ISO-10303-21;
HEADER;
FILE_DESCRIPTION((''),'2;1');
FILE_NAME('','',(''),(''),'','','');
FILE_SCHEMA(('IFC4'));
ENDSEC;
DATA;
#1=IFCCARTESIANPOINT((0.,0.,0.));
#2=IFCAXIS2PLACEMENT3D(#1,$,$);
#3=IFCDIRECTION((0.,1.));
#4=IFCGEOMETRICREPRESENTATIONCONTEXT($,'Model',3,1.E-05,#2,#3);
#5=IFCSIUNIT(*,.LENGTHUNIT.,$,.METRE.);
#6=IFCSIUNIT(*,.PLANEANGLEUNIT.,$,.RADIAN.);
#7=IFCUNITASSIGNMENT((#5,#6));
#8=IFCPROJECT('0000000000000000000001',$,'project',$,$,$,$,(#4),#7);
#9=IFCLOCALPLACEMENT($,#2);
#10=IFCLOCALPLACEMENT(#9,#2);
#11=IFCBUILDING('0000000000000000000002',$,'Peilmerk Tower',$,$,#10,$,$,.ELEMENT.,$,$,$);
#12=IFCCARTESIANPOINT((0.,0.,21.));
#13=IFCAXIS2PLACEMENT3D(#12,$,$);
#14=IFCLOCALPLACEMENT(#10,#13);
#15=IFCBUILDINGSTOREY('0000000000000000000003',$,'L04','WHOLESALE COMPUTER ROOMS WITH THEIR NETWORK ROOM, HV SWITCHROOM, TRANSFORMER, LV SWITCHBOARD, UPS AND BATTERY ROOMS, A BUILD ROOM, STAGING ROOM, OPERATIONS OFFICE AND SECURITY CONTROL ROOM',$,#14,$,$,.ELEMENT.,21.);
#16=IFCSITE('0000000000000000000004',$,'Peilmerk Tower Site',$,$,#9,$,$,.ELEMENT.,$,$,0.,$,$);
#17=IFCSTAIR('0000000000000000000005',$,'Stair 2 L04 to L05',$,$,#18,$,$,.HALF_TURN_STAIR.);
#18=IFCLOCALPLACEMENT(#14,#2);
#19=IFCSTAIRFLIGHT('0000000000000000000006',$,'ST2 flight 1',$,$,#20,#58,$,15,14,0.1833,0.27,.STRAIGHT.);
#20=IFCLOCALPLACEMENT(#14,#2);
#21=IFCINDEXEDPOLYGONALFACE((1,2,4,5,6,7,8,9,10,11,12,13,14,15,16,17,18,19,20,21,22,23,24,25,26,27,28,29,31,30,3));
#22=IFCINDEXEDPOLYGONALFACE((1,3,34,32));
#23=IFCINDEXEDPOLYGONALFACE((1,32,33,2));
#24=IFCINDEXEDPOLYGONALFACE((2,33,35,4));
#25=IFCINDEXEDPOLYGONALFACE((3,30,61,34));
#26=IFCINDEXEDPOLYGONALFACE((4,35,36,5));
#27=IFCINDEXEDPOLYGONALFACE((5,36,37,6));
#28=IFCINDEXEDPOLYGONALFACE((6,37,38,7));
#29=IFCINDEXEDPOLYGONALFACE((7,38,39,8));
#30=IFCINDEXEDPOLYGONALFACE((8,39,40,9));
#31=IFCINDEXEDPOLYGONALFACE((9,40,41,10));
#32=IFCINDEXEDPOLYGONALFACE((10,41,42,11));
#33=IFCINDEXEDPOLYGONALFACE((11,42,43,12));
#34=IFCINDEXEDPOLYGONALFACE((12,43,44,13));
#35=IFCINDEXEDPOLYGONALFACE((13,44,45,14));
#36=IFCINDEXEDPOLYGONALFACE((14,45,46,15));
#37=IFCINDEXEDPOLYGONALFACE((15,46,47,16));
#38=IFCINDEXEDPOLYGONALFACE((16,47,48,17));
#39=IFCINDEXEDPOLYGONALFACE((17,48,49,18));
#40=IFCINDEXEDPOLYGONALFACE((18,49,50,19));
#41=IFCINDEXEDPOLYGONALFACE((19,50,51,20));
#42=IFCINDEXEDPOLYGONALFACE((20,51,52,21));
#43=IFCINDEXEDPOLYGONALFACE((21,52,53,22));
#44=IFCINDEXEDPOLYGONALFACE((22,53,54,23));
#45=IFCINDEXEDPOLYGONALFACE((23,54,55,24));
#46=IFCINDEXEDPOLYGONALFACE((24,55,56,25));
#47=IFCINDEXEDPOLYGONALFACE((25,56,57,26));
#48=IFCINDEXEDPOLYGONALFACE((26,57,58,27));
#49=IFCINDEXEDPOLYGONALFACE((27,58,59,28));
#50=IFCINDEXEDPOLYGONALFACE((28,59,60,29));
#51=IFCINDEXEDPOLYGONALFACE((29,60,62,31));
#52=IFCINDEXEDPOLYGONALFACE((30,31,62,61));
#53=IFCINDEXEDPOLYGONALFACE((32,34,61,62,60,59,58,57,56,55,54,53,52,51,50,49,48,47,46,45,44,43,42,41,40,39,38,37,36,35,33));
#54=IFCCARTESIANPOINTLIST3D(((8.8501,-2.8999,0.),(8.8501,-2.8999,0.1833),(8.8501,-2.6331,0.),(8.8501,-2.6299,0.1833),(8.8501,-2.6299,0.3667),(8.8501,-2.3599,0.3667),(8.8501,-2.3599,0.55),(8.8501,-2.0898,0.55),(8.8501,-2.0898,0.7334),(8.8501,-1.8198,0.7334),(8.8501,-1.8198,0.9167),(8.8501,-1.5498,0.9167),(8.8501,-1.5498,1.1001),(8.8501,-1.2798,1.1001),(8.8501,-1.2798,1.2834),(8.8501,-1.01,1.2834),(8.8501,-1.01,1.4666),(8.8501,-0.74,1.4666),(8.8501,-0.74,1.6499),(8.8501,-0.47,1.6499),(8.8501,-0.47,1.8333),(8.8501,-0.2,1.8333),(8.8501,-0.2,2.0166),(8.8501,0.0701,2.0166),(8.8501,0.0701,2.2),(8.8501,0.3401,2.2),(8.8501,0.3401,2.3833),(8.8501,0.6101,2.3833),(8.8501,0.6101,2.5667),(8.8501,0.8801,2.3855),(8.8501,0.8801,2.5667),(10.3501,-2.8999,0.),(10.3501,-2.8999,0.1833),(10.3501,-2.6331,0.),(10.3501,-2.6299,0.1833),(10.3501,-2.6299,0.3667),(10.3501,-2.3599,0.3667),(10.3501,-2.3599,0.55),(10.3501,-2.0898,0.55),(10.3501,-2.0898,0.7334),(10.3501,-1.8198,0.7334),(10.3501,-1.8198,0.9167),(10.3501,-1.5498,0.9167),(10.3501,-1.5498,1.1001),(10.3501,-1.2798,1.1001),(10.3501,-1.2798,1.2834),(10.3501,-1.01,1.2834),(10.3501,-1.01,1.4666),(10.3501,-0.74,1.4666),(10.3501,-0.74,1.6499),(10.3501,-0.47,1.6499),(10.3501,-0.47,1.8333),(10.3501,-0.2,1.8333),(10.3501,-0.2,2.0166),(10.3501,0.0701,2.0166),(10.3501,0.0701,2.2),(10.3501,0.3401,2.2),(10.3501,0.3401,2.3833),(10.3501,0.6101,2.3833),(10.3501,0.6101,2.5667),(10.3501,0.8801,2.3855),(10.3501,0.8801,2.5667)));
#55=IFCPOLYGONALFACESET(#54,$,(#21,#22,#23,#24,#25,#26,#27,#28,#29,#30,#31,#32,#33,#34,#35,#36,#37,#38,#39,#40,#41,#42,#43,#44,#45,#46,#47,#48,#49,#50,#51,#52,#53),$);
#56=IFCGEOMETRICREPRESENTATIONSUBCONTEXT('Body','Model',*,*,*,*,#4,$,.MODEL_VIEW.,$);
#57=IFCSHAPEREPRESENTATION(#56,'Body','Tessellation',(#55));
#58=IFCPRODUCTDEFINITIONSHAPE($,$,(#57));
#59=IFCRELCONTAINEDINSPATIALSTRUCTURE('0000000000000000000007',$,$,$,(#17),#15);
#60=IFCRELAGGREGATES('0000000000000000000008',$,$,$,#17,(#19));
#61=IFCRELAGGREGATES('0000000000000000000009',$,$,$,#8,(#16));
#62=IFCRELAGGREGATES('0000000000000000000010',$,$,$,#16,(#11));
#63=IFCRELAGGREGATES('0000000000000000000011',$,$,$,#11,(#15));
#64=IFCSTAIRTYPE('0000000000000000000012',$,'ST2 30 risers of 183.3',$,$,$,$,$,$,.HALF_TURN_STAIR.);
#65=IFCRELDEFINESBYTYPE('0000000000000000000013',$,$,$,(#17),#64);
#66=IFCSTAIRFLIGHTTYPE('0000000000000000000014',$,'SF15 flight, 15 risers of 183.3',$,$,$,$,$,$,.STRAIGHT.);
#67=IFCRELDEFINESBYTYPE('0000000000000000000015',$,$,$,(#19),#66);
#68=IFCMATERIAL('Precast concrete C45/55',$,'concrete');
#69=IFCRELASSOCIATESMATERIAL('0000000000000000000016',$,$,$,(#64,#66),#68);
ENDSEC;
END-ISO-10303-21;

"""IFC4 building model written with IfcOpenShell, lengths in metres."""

from ifc_helpers import new_model, si_unit, direction, frame, origin, place, context, subcontext, project, spatial, polyline, outline, extrude, material, type_object, element, aggregate, save


model = new_model("IFC4")

# Units and contexts
model_context = context("Model", 3, precision=1e-05, world=origin(), true_north=direction((0.0, 1.0)))
body_context = subcontext(model_context, "Body", "Model", "MODEL_VIEW")
ifc_project = project(units=[si_unit("LENGTHUNIT", "METRE"), si_unit("PLANEANGLEUNIT", "RADIAN")], contexts=[model_context])

# Site, building, storey
site_placement = place(None, origin())
site = spatial("IfcSite", under=ifc_project, at=site_placement, Name="Peilmerk Tower Site", CompositionType="ELEMENT", RefElevation=0.0)
building_placement = place(site_placement, origin())
building = spatial("IfcBuilding", under=site, at=building_placement, Name="Peilmerk Tower", CompositionType="ELEMENT")
storey_placement = place(building_placement, frame((0.0, 0.0, 21.0)))
storey = spatial("IfcBuildingStorey", under=building, at=storey_placement, Name="L04", Description="WHOLESALE COMPUTER ROOMS WITH THEIR NETWORK ROOM, HV SWITCHROOM, TRANSFORMER, LV SWITCHBOARD, UPS AND BATTERY ROOMS, A BUILD ROOM, STAGING ROOM, OPERATIONS OFFICE AND SECURITY CONTROL ROOM", CompositionType="ELEMENT", Elevation=21.0)

# Stair, stair flight
ifc_material_1 = material(Name="Precast concrete C45/55", Category="concrete")
stair_type = type_object("IfcStairType", Name="ST2 30 risers of 183.3", PredefinedType="HALF_TURN_STAIR", material=ifc_material_1)
stair_placement = place(storey_placement, origin())
stair = element("IfcStair", 1, at=stair_placement, inside=storey, type_object=stair_type, Name="Stair 2 L04 to L05", PredefinedType="HALF_TURN_STAIR")
stair_flight_type = type_object("IfcStairFlightType", Name="SF15 flight, 15 risers of 183.3", PredefinedType="STRAIGHT", material=ifc_material_1)
stair_flight_placement = place(storey_placement, frame((9.6001, -2.8999, 0.0), z_axis=(0.0, 0.0, 1.0), x_axis=(0.0, 1.0, 0.0)))
stair_flight = element("IfcStairFlight", 2, at=stair_flight_placement, type_object=stair_flight_type, Name="ST2 flight 1", NumberOfRisers=15, NumberOfTreads=14, PredefinedType="STRAIGHT", RiserHeight=0.1833, TreadLength=0.27, context=body_context, shape_type="SweptSolid", body=[
    extrude(outline(polyline([(0.0, 0.0), (0.0, 0.1833), (0.27, 0.1833), (0.27, 0.3667), (0.54, 0.3667), (0.54, 0.55), (0.8101, 0.55), (0.8101, 0.7334), (1.0801, 0.7334), (1.0801, 0.9167), (1.3501, 0.9167), (1.3501, 1.1001), (1.6201, 1.1001), (1.6201, 1.2834), (1.8899, 1.2834), (1.8899, 1.4666), (2.1599, 1.4666), (2.1599, 1.6499), (2.4299, 1.6499), (2.4299, 1.8333), (2.7, 1.8333), (2.7, 2.0166), (2.97, 2.0166), (2.97, 2.2), (3.24, 2.2), (3.24, 2.3833), (3.51, 2.3833), (3.51, 2.5667), (3.78, 2.5667), (3.78, 2.75), (3.78, 2.3855), (0.2668, 0.0), (0.0, 0.0)])), frame((0.0, 0.75, 0.0), z_axis=(0.0, -1.0, 0.0), x_axis=(1.0, 0.0, 0.0)), (0.0, 0.0, 1.0), 1.5),
])
aggregate(stair, [stair_flight])

save(model, "model.ifc")
